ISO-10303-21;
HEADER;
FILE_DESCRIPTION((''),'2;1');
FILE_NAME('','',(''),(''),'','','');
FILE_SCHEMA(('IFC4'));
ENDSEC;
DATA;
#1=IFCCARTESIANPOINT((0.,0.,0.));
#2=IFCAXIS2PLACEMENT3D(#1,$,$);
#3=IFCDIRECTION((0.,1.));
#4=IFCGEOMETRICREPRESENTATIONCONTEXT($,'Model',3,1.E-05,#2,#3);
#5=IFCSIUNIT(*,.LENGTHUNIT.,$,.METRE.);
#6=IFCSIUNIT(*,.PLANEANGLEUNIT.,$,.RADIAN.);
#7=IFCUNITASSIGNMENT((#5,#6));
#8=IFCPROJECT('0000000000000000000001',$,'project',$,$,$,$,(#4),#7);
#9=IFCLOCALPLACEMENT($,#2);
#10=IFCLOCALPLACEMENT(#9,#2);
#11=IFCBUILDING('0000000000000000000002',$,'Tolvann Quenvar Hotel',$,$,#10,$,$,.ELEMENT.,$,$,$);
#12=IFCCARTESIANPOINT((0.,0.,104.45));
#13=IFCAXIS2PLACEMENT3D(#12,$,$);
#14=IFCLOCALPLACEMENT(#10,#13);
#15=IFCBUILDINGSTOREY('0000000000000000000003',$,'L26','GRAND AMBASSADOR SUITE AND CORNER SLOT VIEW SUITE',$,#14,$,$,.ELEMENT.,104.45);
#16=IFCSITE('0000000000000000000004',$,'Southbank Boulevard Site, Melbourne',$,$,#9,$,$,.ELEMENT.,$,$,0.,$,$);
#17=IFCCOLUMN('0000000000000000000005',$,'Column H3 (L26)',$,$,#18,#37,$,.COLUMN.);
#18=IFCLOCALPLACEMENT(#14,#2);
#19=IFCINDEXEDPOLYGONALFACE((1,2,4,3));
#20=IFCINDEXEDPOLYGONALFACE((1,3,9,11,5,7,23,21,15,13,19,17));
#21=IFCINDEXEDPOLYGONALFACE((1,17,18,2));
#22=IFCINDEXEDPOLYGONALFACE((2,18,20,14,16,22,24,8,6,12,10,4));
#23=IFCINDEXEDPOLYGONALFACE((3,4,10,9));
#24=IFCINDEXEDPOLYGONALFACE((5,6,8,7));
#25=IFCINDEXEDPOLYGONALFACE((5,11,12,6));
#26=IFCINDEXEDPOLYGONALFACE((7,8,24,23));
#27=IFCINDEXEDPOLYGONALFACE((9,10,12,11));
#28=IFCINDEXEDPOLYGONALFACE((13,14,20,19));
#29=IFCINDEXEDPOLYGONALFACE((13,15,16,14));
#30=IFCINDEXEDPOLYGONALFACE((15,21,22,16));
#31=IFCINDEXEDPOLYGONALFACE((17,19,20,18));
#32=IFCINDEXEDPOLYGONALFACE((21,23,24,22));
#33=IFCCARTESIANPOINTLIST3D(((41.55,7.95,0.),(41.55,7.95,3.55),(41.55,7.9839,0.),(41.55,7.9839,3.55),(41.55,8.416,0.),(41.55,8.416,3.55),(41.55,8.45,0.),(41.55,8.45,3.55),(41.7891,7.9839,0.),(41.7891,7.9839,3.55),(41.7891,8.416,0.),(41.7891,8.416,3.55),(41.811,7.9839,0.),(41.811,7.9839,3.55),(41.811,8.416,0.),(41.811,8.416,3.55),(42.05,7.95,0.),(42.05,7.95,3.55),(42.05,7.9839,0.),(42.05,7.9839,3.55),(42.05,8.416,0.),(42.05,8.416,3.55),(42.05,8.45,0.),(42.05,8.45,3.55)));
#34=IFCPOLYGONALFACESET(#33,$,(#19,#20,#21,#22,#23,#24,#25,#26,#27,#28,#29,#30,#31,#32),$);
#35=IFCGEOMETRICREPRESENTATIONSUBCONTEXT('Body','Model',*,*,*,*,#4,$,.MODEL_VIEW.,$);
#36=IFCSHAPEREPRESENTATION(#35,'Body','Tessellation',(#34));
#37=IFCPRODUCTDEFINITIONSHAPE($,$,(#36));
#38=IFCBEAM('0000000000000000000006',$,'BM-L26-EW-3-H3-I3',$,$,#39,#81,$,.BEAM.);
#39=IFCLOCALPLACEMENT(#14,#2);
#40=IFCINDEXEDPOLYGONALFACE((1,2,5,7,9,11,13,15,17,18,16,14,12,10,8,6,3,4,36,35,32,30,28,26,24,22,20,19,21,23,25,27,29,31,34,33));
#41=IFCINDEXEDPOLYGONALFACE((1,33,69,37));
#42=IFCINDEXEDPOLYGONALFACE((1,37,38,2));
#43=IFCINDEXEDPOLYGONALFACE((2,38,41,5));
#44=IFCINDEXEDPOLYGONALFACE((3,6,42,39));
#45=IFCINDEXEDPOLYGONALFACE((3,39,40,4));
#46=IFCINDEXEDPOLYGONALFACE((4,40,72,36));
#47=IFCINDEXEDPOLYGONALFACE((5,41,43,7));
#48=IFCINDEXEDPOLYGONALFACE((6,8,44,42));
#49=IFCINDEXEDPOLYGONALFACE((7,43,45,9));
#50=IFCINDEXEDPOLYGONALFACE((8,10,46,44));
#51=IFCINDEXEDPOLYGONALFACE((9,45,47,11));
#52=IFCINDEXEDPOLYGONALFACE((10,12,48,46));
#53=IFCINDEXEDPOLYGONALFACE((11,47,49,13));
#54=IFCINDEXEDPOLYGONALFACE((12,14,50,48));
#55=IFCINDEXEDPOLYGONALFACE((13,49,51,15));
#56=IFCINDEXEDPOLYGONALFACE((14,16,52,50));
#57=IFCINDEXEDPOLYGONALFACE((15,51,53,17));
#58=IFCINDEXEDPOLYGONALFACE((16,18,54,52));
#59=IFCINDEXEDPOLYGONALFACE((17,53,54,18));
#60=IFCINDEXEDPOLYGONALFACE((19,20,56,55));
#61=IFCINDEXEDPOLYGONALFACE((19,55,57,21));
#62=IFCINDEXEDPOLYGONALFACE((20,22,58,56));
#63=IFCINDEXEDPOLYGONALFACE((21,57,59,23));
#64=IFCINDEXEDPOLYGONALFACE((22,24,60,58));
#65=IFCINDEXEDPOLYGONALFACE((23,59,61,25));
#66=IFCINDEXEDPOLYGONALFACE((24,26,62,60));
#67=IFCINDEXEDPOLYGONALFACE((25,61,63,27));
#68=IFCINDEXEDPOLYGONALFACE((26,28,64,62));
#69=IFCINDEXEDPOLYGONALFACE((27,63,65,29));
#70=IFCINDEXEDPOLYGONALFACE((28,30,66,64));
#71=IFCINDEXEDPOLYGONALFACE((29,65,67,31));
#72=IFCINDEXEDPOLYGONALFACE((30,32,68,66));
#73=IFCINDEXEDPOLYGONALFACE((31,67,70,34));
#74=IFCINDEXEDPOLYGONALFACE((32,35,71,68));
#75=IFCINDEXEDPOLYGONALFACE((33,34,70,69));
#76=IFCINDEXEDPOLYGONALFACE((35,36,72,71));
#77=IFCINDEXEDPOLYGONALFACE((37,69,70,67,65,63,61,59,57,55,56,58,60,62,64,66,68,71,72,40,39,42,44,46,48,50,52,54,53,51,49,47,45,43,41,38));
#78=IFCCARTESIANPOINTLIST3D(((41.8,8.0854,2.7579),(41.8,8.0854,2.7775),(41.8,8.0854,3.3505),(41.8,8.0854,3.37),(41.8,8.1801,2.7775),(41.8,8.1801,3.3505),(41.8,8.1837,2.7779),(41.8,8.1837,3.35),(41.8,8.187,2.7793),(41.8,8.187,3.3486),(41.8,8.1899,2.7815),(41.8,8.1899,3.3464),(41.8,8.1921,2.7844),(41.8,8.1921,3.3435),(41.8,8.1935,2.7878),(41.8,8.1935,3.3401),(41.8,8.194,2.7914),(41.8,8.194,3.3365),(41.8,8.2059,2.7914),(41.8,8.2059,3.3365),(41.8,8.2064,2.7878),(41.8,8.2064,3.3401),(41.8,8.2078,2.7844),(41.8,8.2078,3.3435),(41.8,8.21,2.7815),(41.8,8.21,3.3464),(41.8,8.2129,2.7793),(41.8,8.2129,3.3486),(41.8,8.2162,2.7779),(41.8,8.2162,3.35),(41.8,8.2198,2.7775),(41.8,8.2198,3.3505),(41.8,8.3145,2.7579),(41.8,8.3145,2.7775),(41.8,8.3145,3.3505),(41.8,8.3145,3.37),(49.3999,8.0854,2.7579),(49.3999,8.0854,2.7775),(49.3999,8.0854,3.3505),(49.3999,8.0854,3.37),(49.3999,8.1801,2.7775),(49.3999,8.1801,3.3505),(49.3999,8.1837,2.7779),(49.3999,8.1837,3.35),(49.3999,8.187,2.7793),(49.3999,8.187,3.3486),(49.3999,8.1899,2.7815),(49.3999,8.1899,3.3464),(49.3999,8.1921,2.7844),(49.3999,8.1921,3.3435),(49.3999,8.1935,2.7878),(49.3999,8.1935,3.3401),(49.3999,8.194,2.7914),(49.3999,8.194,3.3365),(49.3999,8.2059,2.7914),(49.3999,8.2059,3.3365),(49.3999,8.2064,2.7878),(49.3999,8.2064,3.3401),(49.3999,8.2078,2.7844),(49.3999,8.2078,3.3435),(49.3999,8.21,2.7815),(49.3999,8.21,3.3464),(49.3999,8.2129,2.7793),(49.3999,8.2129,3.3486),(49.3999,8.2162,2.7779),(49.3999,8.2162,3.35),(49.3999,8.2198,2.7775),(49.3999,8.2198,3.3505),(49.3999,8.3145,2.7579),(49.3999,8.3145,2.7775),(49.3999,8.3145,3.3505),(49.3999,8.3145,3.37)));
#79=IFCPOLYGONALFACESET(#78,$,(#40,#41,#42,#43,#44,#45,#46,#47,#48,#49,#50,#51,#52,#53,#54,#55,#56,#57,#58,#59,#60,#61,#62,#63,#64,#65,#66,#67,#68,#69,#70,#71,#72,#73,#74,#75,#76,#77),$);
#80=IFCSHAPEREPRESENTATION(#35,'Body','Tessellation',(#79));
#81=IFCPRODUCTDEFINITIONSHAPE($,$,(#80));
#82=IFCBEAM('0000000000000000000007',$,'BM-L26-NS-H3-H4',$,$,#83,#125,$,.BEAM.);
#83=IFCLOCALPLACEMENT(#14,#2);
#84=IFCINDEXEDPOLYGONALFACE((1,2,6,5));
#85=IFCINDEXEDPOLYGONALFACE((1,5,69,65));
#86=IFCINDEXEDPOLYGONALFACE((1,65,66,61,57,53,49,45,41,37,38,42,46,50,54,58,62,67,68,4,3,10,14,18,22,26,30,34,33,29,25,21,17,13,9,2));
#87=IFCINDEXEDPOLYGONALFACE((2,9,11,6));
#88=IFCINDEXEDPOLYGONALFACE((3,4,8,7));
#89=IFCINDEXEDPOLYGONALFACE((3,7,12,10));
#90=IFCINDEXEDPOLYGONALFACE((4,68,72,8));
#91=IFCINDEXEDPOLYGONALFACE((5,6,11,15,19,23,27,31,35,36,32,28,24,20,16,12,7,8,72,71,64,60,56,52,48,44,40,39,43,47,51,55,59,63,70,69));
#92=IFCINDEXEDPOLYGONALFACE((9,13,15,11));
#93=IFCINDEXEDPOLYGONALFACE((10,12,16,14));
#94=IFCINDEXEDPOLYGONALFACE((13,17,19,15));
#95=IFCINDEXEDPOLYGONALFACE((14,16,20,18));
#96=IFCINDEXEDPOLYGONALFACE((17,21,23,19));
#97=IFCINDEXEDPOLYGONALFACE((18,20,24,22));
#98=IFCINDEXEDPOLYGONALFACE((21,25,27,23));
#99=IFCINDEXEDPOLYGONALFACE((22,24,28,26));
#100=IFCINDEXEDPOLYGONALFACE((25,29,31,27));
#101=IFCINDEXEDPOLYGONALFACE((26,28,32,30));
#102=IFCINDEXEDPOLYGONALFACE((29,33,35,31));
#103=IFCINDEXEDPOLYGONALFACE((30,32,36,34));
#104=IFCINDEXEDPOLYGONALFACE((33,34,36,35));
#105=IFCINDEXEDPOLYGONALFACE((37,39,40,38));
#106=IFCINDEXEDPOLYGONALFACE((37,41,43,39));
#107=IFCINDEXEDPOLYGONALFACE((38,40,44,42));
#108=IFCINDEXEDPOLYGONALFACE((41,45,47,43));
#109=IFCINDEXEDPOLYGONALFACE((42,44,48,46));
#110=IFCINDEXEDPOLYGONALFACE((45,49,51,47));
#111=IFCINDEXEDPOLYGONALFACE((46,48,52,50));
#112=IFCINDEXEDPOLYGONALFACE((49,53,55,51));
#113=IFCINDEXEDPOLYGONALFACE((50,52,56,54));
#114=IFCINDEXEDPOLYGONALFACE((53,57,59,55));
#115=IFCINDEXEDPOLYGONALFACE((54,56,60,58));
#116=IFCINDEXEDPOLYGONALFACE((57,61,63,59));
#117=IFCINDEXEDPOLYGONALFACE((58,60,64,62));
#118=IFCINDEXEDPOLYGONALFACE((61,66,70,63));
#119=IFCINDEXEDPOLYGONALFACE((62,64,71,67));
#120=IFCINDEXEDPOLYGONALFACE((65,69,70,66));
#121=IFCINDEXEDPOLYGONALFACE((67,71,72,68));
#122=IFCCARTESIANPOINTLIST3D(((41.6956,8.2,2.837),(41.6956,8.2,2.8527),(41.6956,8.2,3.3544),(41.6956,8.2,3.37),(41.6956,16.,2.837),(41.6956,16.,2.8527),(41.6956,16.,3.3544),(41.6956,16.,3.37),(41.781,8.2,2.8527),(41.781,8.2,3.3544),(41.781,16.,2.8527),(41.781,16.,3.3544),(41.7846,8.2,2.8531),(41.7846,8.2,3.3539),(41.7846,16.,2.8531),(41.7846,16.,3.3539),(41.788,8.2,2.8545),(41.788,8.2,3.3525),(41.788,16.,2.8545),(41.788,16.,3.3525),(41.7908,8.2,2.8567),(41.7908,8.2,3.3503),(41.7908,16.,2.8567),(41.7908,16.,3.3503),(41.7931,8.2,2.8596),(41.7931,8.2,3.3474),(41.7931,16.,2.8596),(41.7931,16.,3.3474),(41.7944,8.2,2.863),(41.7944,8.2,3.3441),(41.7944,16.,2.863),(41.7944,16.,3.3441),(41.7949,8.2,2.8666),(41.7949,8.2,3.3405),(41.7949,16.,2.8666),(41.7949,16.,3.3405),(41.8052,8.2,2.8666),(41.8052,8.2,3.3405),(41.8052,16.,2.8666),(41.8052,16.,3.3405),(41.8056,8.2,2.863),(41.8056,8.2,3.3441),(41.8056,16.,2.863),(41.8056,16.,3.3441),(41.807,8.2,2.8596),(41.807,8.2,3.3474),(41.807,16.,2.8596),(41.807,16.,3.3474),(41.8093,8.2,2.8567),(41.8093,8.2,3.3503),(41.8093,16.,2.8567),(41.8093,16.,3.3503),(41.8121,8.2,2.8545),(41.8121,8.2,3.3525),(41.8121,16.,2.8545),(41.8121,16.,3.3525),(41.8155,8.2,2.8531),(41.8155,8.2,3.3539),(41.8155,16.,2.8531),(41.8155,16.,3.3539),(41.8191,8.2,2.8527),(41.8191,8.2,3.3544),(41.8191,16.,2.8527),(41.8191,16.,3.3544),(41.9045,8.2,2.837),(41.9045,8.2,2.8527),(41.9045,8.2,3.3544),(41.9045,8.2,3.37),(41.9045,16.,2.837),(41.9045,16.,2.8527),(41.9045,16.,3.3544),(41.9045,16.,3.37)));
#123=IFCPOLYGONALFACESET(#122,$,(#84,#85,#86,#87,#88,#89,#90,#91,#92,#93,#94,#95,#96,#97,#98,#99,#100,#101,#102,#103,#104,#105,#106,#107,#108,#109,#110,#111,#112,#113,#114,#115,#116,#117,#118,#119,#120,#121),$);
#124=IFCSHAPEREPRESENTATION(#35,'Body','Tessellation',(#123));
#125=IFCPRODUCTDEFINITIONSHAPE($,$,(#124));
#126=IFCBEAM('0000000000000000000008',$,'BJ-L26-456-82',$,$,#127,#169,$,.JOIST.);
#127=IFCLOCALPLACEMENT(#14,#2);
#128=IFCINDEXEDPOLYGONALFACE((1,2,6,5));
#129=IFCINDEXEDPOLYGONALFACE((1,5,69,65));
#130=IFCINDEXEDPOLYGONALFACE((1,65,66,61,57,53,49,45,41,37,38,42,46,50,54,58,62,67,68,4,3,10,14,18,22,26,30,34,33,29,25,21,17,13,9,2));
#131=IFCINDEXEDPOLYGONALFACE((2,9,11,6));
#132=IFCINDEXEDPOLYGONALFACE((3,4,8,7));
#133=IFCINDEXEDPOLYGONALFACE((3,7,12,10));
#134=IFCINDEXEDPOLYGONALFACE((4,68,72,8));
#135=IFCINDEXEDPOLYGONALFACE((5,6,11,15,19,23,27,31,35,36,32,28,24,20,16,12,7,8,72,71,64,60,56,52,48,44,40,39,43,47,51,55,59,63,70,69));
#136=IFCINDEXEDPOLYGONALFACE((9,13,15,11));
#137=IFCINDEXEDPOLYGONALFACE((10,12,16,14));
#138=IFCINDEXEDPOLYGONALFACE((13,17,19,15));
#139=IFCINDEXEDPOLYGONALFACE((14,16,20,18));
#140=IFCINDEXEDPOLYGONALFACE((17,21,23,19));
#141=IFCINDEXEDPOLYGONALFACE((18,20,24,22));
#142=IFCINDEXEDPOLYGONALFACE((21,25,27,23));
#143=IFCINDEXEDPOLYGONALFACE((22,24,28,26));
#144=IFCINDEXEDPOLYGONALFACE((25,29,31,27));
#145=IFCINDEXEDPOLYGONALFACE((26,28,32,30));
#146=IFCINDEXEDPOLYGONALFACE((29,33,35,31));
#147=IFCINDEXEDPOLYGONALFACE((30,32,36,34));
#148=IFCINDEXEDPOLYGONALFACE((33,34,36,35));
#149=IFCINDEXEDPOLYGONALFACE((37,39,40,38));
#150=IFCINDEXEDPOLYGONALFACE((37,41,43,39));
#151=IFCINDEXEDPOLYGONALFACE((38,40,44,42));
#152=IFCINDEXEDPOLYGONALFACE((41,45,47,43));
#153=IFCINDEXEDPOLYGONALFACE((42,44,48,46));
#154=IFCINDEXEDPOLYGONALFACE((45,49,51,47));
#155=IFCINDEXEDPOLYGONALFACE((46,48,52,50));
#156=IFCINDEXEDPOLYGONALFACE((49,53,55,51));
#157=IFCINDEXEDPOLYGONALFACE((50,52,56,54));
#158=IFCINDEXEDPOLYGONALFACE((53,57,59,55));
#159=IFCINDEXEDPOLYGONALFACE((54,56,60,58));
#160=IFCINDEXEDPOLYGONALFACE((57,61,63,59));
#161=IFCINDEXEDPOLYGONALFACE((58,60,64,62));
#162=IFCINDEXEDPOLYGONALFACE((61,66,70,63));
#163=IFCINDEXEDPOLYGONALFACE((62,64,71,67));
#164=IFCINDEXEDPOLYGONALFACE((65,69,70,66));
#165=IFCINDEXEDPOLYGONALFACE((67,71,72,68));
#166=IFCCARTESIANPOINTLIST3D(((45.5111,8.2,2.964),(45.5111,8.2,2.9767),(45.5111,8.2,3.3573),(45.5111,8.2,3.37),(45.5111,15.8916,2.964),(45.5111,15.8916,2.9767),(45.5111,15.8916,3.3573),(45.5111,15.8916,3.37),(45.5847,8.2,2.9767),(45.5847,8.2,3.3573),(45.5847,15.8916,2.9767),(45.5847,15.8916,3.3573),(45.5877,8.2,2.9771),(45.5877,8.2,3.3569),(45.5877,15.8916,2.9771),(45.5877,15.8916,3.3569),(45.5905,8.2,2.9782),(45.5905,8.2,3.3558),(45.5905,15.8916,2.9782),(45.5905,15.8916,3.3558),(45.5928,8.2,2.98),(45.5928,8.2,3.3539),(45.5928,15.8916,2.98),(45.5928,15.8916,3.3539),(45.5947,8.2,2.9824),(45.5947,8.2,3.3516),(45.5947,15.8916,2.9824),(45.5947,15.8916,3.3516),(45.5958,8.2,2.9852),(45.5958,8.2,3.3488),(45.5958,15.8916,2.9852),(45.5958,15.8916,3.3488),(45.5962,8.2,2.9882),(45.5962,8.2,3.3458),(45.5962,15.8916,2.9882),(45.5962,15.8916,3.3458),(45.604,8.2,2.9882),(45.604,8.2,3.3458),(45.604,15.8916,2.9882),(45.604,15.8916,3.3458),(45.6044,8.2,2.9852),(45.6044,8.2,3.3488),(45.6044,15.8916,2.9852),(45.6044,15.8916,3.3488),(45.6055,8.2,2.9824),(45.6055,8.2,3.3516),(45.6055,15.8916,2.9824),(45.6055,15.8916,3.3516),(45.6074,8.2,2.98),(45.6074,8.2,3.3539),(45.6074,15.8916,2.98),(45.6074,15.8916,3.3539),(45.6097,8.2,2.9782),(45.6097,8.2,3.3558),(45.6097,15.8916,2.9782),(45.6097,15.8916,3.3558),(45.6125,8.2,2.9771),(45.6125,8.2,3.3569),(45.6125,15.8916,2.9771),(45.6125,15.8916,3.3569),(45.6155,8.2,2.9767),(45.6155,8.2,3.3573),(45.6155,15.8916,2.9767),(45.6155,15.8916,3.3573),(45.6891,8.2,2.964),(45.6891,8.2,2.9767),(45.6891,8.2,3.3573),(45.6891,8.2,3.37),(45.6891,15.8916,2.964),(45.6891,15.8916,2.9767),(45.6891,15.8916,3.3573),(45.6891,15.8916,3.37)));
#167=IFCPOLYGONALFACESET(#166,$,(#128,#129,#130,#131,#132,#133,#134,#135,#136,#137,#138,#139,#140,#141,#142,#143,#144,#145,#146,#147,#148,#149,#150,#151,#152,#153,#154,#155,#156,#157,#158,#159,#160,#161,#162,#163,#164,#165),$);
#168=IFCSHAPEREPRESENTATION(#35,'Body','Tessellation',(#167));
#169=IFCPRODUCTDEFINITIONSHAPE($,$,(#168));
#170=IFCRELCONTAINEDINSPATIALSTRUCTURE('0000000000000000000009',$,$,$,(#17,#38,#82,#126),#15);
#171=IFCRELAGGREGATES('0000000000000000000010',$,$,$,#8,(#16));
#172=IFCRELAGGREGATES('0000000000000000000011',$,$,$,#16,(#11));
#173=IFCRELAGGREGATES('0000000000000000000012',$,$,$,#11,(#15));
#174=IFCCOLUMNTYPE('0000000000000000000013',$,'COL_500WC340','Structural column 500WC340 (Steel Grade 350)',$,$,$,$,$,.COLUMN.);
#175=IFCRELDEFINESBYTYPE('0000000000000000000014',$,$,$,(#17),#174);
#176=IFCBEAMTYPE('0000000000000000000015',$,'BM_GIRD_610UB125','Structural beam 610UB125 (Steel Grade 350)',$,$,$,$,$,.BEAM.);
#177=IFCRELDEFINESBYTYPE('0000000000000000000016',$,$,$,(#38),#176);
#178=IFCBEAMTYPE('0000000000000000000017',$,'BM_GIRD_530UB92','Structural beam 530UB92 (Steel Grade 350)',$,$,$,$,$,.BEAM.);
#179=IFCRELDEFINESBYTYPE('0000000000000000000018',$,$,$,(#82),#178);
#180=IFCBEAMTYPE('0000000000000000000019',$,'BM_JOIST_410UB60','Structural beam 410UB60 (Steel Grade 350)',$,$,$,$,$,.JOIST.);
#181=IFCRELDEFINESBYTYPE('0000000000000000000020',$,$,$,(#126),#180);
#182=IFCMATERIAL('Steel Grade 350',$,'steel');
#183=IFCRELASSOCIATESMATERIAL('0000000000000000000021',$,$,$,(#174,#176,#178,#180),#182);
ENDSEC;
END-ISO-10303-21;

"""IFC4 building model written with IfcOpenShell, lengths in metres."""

from ifc_helpers import new_model, si_unit, direction, frame, origin, origin_2d, place, context, subcontext, project, spatial, i_section, extrude, source, transform, mapped, material, material_profile, profile_set, type_object, type_shapes, element, save


model = new_model("IFC4")

# Units and contexts
model_context = context("Model", 3, precision=1e-05, world=origin(), true_north=direction((0.0, 1.0)))
body_context = subcontext(model_context, "Body", "Model", "MODEL_VIEW")
ifc_project = project(units=[si_unit("LENGTHUNIT", "METRE"), si_unit("PLANEANGLEUNIT", "RADIAN")], contexts=[model_context])

# Site, building, storey
site_placement = place(None, origin())
site = spatial("IfcSite", under=ifc_project, at=site_placement, Name="Southbank Boulevard Site, Melbourne", CompositionType="ELEMENT", RefElevation=0.0)
building_placement = place(site_placement, origin())
building = spatial("IfcBuilding", under=site, at=building_placement, Name="Tolvann Quenvar Hotel", CompositionType="ELEMENT")
storey_placement = place(building_placement, frame((0.0, 0.0, 104.45)))
storey = spatial("IfcBuildingStorey", under=building, at=storey_placement, Name="L26", Description="GRAND AMBASSADOR SUITE AND CORNER SLOT VIEW SUITE", CompositionType="ELEMENT", Elevation=104.45)

# Column
ifc_material_1 = material(Name="Steel Grade 350", Category="steel")
ifc_material_profile_1 = material_profile(ifc_material_1, i_section(OverallWidth=0.5, OverallDepth=0.5, WebThickness=0.022, FlangeThickness=0.0339, at=origin_2d()), Name="500WC340")
ifc_profile_set_1 = profile_set([ifc_material_profile_1], Name="Steel Grade 350")
column_type = type_object("IfcColumnType", Name="COL_500WC340", Description="Structural column 500WC340 (Steel Grade 350)", PredefinedType="COLUMN", material=ifc_profile_set_1)
shared_shape_1 = source(origin(), body_context, "Body", "SweptSolid", [
    extrude(i_section(OverallWidth=0.5, OverallDepth=0.5, WebThickness=0.022, FlangeThickness=0.0339, at=origin_2d()), origin(), (0.0, 0.0, 1.0), 3.55),
])
type_shapes(column_type, [shared_shape_1])
column_placement = place(storey_placement, frame((41.8, 8.2, 0.0), z_axis=(0.0, 0.0, 1.0), x_axis=(1.0, 0.0, 0.0)))
element("IfcColumn", 1, at=column_placement, inside=storey, type_object=column_type, Name="Column H3 (L26)", PredefinedType="COLUMN", context=body_context, shape_type="MappedRepresentation", body=[
    mapped(shared_shape_1, transform((0.0, 0.0, 0.0), x_axis=(1.0, 0.0, 0.0), y_axis=(0.0, 1.0, 0.0), z_axis=(0.0, 0.0, 1.0), scale=1.0)),
])

# Beams
ifc_material_profile_2 = material_profile(ifc_material_1, i_section(OverallWidth=0.229, OverallDepth=0.6121, WebThickness=0.012, FlangeThickness=0.0195, FilletRadius=0.0139, at=origin_2d()), Name="610UB125")
ifc_profile_set_2 = profile_set([ifc_material_profile_2], Name="Steel Grade 350")
beam_type_1 = type_object("IfcBeamType", Name="BM_GIRD_610UB125", Description="Structural beam 610UB125 (Steel Grade 350)", PredefinedType="BEAM", material=ifc_profile_set_2)
shared_shape_2 = source(origin(), body_context, "Body", "SweptSolid", [
    extrude(i_section(OverallWidth=0.229, OverallDepth=0.6121, WebThickness=0.012, FlangeThickness=0.0195, FilletRadius=0.0139, at=origin_2d()), origin(), (0.0, 0.0, 1.0), 7.5999),
])
type_shapes(beam_type_1, [shared_shape_2])
beam_1_placement = place(storey_placement, frame((41.8, 8.2, 3.064), z_axis=(1.0, 0.0, 0.0), x_axis=(0.0, 1.0, 0.0)))
element("IfcBeam", 2, at=beam_1_placement, inside=storey, type_object=beam_type_1, Name="BM-L26-EW-3-H3-I3", PredefinedType="BEAM", context=body_context, shape_type="MappedRepresentation", body=[
    mapped(shared_shape_2, transform((0.0, 0.0, 0.0), x_axis=(1.0, 0.0, 0.0), y_axis=(0.0, 1.0, 0.0), z_axis=(0.0, 0.0, 1.0), scale=1.0)),
])
ifc_material_profile_3 = material_profile(ifc_material_1, i_section(OverallWidth=0.209, OverallDepth=0.533, WebThickness=0.0103, FlangeThickness=0.0156, FilletRadius=0.0139, at=origin_2d()), Name="530UB92")
ifc_profile_set_3 = profile_set([ifc_material_profile_3], Name="Steel Grade 350")
beam_type_2 = type_object("IfcBeamType", Name="BM_GIRD_530UB92", Description="Structural beam 530UB92 (Steel Grade 350)", PredefinedType="BEAM", material=ifc_profile_set_3)
shared_shape_3 = source(origin(), body_context, "Body", "SweptSolid", [
    extrude(i_section(OverallWidth=0.209, OverallDepth=0.533, WebThickness=0.0103, FlangeThickness=0.0156, FilletRadius=0.0139, at=origin_2d()), origin(), (0.0, 0.0, 1.0), 7.8),
])
type_shapes(beam_type_2, [shared_shape_3])
beam_2_placement = place(storey_placement, frame((41.8, 8.2, 3.1035), z_axis=(0.0, 1.0, 0.0), x_axis=(-1.0, 0.0, 0.0)))
element("IfcBeam", 3, at=beam_2_placement, inside=storey, type_object=beam_type_2, Name="BM-L26-NS-H3-H4", PredefinedType="BEAM", context=body_context, shape_type="MappedRepresentation", body=[
    mapped(shared_shape_3, transform((0.0, 0.0, 0.0), x_axis=(1.0, 0.0, 0.0), y_axis=(0.0, 1.0, 0.0), z_axis=(0.0, 0.0, 1.0), scale=1.0)),
])
ifc_material_profile_4 = material_profile(ifc_material_1, i_section(OverallWidth=0.178, OverallDepth=0.406, WebThickness=0.0078, FlangeThickness=0.0127, FilletRadius=0.0115, at=origin_2d()), Name="410UB60")
ifc_profile_set_4 = profile_set([ifc_material_profile_4], Name="Steel Grade 350")
beam_type_3 = type_object("IfcBeamType", Name="BM_JOIST_410UB60", Description="Structural beam 410UB60 (Steel Grade 350)", PredefinedType="JOIST", material=ifc_profile_set_4)
shared_shape_4 = source(origin(), body_context, "Body", "SweptSolid", [
    extrude(i_section(OverallWidth=0.178, OverallDepth=0.406, WebThickness=0.0078, FlangeThickness=0.0127, FilletRadius=0.0115, at=origin_2d()), origin(), (0.0, 0.0, 1.0), 7.6917),
])
type_shapes(beam_type_3, [shared_shape_4])
beam_3_placement = place(storey_placement, frame((45.6001, 8.2, 3.167), z_axis=(0.0, 1.0, 0.0), x_axis=(-1.0, 0.0, 0.0)))
element("IfcBeam", 4, at=beam_3_placement, inside=storey, type_object=beam_type_3, Name="BJ-L26-456-82", PredefinedType="JOIST", context=body_context, shape_type="MappedRepresentation", body=[
    mapped(shared_shape_4, transform((0.0, 0.0, 0.0), x_axis=(1.0, 0.0, 0.0), y_axis=(0.0, 1.0, 0.0), z_axis=(0.0, 0.0, 1.0), scale=1.0)),
])

save(model, "model.ifc")
